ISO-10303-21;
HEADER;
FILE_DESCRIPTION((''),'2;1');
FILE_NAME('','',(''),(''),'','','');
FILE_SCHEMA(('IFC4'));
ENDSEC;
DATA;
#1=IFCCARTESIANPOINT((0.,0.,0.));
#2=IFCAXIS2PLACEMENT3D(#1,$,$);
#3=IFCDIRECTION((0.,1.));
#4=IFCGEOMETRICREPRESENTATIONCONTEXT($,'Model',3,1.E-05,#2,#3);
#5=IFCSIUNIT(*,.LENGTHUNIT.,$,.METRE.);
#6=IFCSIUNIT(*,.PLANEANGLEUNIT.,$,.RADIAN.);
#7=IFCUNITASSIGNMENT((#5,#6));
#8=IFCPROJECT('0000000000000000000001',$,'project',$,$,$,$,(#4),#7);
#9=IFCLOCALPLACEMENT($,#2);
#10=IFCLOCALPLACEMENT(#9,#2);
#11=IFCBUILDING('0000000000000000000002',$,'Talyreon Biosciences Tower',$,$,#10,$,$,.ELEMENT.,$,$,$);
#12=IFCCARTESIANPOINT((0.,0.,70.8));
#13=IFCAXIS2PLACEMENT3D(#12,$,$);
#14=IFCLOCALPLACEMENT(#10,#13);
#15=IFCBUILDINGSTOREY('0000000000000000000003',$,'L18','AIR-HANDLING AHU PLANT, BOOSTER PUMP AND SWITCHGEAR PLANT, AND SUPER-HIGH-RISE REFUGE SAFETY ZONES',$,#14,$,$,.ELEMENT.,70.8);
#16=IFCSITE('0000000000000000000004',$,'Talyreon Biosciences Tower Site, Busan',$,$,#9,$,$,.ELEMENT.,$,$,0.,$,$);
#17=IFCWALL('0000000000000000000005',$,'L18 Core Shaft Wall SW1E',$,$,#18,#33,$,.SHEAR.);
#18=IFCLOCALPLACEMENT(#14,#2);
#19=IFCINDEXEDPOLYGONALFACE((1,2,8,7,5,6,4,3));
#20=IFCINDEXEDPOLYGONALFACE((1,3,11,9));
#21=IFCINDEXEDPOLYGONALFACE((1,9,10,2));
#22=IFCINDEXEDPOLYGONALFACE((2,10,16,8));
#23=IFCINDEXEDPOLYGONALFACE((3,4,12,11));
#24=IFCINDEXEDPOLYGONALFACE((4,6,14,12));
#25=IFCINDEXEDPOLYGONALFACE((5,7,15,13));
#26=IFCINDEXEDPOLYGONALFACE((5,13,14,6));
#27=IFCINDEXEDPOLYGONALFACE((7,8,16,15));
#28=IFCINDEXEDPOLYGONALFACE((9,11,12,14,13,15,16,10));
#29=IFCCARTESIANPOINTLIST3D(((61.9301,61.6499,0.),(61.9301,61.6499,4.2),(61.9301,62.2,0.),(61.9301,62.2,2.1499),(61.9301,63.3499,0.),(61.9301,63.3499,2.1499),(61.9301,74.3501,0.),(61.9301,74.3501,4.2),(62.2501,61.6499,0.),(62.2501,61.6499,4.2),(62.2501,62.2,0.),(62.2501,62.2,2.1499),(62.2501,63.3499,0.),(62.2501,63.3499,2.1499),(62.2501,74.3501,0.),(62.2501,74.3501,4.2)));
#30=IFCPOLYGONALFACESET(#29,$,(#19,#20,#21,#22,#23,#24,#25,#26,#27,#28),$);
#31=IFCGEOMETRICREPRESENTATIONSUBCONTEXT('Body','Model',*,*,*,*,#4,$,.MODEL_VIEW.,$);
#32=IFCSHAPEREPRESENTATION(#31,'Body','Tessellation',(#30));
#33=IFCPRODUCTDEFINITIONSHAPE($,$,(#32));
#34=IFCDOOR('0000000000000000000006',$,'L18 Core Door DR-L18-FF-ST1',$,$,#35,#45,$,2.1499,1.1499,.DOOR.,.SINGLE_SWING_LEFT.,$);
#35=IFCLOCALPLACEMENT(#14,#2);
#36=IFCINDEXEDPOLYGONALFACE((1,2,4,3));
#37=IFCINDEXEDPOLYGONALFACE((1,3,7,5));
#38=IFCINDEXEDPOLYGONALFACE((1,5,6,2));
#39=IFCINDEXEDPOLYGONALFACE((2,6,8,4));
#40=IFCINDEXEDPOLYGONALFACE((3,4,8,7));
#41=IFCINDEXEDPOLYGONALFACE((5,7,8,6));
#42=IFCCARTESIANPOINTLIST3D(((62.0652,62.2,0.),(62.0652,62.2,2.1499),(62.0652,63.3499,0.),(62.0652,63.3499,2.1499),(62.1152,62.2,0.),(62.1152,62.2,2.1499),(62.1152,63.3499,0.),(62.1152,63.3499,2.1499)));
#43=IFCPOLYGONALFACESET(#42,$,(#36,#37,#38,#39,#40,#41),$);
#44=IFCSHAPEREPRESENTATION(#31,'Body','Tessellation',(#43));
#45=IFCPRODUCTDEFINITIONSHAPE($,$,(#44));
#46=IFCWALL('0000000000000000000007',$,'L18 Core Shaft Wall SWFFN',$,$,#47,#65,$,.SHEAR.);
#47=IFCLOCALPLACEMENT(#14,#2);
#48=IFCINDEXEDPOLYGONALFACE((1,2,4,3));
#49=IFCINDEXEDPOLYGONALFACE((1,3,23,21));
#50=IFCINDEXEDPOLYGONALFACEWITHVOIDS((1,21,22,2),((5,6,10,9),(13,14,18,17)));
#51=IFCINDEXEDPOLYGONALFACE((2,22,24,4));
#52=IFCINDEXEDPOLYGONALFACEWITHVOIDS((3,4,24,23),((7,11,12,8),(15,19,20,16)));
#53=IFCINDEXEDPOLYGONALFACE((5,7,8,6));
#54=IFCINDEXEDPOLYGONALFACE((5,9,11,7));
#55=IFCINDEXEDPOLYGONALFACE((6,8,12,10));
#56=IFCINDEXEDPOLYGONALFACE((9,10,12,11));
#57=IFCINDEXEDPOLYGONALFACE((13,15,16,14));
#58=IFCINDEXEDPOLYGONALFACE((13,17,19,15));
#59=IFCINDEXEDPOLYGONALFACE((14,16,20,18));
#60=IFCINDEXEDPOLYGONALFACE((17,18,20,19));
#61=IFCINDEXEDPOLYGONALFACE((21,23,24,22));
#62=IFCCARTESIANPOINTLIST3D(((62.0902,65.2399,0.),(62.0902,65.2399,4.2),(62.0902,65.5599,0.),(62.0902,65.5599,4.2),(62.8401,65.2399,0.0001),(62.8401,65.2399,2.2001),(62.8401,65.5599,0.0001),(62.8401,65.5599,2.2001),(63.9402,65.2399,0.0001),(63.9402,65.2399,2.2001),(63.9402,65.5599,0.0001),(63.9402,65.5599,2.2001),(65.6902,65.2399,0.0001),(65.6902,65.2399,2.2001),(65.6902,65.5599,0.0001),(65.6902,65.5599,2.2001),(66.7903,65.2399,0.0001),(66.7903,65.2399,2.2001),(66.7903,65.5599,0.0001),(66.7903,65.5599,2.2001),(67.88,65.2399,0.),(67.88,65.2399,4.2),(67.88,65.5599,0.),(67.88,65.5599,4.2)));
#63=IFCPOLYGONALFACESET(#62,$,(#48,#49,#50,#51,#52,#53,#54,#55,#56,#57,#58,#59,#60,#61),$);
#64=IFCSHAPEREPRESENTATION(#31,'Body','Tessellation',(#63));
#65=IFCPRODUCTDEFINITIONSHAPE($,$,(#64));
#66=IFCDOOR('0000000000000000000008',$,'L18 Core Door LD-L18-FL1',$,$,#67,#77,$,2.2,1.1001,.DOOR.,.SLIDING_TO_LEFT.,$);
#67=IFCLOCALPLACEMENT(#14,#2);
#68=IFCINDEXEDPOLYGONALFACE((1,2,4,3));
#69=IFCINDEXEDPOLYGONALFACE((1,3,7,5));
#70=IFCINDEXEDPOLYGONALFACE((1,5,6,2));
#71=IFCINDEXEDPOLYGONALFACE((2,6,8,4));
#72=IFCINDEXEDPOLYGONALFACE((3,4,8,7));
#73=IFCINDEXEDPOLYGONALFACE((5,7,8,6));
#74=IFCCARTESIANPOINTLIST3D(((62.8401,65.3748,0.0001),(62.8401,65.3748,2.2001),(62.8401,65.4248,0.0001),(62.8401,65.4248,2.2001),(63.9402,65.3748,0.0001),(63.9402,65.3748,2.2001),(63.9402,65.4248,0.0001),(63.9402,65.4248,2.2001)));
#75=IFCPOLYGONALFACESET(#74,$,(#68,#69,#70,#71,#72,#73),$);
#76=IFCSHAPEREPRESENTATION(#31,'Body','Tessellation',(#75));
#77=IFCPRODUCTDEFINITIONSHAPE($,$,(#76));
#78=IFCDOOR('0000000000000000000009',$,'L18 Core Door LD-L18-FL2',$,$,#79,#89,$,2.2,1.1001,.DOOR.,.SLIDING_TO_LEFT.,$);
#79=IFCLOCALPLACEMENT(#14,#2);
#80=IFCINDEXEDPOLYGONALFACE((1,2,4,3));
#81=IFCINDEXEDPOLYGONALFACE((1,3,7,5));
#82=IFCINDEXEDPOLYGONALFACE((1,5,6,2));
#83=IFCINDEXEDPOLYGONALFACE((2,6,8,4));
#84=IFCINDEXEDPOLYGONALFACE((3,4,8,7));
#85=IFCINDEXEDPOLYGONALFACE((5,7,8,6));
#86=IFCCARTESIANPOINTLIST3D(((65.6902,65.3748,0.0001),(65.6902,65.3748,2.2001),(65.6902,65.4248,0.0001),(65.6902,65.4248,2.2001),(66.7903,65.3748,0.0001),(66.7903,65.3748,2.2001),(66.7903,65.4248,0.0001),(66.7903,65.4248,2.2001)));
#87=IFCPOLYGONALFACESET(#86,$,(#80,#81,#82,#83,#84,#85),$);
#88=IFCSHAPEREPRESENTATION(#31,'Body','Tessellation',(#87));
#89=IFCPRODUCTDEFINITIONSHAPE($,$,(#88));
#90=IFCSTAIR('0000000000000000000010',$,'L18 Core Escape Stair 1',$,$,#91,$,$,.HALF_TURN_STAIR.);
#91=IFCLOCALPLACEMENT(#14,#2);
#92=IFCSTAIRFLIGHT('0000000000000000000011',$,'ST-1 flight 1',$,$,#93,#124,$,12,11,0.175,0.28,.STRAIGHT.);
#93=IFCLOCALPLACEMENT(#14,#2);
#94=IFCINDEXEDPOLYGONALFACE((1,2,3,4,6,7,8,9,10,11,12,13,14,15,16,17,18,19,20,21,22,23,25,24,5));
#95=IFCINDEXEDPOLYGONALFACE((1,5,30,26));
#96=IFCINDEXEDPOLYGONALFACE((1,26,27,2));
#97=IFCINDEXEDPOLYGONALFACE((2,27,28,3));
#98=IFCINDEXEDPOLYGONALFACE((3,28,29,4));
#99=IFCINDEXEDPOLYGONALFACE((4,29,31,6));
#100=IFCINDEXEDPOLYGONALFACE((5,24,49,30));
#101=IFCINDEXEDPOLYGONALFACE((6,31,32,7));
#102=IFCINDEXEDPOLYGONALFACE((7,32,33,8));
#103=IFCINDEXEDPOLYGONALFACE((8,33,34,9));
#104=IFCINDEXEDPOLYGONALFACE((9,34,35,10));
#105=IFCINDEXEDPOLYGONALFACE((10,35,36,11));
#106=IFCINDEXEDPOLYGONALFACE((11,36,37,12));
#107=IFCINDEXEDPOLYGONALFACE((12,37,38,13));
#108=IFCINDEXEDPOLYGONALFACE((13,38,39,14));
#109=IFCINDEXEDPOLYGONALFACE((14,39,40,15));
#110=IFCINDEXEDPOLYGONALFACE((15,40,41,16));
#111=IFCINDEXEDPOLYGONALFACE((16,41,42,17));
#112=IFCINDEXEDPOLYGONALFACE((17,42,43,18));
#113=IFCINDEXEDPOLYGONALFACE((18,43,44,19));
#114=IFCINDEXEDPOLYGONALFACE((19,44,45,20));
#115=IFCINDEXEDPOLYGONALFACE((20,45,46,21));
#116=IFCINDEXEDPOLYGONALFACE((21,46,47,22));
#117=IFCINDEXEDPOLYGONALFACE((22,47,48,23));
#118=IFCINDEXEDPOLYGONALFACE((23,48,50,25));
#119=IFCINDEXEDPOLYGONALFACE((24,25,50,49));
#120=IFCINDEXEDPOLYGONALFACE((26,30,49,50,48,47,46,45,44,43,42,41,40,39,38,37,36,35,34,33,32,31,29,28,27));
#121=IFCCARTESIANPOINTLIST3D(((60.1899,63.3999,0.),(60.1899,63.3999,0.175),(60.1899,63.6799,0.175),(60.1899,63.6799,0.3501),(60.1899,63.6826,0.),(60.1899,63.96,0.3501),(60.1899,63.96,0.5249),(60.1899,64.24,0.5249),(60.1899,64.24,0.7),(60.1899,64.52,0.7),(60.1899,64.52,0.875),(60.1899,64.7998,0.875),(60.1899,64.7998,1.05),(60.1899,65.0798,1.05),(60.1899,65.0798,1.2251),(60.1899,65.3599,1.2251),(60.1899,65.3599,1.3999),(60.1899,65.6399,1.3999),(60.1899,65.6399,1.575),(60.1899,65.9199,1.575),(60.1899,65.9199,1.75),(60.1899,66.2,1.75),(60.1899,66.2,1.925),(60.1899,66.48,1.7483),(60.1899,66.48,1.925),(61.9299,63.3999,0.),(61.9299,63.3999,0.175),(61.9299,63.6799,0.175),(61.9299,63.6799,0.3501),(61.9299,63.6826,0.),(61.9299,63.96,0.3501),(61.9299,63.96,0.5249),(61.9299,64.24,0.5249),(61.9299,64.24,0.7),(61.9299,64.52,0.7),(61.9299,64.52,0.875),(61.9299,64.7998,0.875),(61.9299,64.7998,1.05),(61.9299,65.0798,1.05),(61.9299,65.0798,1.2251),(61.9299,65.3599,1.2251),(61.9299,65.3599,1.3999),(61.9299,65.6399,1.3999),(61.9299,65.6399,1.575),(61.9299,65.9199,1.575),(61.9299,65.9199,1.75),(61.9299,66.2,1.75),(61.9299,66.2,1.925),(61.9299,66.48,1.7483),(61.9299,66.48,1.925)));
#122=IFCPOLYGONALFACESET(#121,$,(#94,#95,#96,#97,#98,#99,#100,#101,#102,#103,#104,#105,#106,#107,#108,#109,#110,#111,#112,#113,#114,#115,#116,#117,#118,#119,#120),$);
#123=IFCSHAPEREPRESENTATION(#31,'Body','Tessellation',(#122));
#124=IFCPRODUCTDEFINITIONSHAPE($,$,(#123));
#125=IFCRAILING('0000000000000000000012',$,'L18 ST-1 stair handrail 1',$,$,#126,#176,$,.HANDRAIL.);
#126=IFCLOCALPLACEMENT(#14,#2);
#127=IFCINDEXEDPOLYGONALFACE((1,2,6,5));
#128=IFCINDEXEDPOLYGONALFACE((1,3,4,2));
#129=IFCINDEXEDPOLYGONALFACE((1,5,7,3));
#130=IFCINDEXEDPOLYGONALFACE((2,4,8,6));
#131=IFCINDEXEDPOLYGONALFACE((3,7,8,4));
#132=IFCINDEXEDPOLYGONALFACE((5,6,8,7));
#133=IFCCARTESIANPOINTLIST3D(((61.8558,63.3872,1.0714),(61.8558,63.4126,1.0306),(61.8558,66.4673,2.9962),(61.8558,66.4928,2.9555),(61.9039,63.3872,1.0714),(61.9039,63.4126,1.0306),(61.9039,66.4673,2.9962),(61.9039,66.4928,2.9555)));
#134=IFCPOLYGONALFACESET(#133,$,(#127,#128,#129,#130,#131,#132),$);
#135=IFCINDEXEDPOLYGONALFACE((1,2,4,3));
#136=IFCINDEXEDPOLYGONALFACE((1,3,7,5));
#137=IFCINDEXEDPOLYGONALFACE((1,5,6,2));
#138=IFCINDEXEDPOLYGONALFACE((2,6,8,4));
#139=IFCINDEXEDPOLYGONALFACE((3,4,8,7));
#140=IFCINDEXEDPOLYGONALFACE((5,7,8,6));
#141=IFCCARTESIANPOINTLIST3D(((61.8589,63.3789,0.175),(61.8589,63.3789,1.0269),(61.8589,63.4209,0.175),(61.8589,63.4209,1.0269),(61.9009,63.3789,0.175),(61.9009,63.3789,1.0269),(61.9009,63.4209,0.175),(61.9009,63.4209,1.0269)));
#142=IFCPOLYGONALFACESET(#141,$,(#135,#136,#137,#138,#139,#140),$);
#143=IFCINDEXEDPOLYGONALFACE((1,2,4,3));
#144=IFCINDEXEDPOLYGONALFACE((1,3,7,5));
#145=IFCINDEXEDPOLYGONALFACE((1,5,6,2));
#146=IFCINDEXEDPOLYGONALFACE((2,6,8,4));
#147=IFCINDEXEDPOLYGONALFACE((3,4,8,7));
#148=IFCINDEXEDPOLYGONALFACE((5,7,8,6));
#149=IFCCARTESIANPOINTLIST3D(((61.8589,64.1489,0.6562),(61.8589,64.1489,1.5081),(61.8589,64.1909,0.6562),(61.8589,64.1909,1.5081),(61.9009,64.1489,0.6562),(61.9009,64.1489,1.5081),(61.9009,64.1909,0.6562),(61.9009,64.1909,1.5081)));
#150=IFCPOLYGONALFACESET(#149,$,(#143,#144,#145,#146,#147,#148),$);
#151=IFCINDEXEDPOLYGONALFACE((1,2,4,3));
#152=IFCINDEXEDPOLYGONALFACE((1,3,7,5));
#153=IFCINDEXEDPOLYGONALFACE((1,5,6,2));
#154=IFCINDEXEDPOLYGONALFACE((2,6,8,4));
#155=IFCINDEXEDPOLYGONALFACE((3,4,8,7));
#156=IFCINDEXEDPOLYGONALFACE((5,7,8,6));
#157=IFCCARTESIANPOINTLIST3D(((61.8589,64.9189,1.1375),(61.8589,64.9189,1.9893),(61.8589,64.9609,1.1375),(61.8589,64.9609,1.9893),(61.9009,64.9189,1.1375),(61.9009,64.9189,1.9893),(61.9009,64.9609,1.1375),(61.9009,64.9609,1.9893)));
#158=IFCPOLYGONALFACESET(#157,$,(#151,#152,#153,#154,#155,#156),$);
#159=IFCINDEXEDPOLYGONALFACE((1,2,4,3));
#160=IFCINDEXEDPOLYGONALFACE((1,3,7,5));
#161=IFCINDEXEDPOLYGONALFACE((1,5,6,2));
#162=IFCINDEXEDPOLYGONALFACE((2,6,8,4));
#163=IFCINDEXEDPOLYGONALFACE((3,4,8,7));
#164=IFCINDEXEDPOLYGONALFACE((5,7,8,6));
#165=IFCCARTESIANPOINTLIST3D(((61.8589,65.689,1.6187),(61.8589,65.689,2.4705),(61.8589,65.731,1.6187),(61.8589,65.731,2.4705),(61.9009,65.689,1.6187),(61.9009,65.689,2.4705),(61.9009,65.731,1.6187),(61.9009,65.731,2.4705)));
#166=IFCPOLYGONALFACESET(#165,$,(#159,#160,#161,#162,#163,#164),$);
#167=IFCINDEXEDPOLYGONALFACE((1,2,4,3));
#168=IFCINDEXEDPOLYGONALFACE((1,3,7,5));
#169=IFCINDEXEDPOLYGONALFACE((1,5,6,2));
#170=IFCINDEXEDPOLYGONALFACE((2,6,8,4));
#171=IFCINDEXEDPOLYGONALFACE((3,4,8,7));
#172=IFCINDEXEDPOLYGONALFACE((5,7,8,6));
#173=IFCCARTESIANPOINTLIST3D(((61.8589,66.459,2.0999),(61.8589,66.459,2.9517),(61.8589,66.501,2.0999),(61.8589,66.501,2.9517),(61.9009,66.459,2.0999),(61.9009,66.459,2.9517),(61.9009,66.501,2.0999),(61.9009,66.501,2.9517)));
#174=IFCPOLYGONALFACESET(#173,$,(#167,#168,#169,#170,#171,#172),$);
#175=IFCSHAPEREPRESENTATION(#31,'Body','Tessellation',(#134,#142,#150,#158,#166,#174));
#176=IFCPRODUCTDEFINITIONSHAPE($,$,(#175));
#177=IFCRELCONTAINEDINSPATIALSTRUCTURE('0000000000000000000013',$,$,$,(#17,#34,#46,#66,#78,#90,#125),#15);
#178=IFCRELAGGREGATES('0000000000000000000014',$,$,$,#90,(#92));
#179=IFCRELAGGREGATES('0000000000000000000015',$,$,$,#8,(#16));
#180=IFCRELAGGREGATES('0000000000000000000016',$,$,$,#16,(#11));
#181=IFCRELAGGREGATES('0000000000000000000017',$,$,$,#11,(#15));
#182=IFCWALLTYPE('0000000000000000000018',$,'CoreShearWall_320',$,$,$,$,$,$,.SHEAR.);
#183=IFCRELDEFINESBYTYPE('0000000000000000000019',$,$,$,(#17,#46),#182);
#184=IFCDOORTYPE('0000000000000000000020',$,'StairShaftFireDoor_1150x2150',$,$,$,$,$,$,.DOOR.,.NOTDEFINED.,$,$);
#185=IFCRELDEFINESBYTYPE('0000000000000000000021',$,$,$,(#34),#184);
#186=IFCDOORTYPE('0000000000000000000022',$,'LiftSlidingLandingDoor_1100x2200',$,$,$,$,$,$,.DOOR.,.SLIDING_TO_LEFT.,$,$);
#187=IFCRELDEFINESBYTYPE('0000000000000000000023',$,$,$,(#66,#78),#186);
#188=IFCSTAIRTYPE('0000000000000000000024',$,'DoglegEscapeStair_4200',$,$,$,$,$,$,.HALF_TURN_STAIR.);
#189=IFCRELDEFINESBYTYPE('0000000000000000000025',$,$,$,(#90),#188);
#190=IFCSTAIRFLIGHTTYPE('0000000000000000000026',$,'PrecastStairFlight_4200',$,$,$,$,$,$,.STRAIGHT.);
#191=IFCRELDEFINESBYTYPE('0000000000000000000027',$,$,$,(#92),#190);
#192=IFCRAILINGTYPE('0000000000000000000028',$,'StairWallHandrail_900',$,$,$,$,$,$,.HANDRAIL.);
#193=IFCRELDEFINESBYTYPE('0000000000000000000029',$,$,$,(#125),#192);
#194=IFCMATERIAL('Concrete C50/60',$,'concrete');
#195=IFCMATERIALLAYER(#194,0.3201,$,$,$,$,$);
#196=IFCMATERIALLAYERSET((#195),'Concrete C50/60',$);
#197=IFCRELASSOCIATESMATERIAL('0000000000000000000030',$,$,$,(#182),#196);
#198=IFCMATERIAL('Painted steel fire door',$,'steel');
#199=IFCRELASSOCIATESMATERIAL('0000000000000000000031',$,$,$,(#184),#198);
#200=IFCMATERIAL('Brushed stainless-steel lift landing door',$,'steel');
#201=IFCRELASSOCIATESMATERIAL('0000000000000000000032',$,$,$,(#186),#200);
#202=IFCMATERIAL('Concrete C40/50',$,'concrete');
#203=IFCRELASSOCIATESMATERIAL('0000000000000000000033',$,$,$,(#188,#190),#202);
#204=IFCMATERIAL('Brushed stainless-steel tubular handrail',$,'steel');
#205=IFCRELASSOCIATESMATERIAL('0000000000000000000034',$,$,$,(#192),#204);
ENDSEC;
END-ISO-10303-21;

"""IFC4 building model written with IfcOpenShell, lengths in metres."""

from ifc_helpers import new_model, si_unit, direction, frame, frame_2d, origin, origin_2d, place, context, subcontext, project, spatial, polyline, rectangle, outline, extrude, material, layer, layer_set, type_object, element, fill, aggregate, save


model = new_model("IFC4")

# Units and contexts
model_context = context("Model", 3, precision=1e-05, world=origin(), true_north=direction((0.0, 1.0)))
body_context = subcontext(model_context, "Body", "Model", "MODEL_VIEW")
ifc_project = project(units=[si_unit("LENGTHUNIT", "METRE"), si_unit("PLANEANGLEUNIT", "RADIAN")], contexts=[model_context])

# Site, building, storey
site_placement = place(None, origin())
site = spatial("IfcSite", under=ifc_project, at=site_placement, Name="Talyreon Biosciences Tower Site, Busan", CompositionType="ELEMENT", RefElevation=0.0)
building_placement = place(site_placement, origin())
building = spatial("IfcBuilding", under=site, at=building_placement, Name="Talyreon Biosciences Tower", CompositionType="ELEMENT")
storey_placement = place(building_placement, frame((0.0, 0.0, 70.8)))
storey = spatial("IfcBuildingStorey", under=building, at=storey_placement, Name="L18", Description="AIR-HANDLING AHU PLANT, BOOSTER PUMP AND SWITCHGEAR PLANT, AND SUPER-HIGH-RISE REFUGE SAFETY ZONES", CompositionType="ELEMENT", Elevation=70.8)

# Shared definitions
ifc_material_1 = material(Name="Concrete C50/60", Category="concrete")

# Wall, opening, door
ifc_layer_1 = layer(ifc_material_1, 0.3201)
ifc_layer_set_1 = layer_set([ifc_layer_1], Name="Concrete C50/60")
wall_type_1 = type_object("IfcWallType", Name="CoreShearWall_320", PredefinedType="SHEAR", material=ifc_layer_set_1)
wall_1_placement = place(storey_placement, frame((62.0901, 61.6499, 0.0), z_axis=(0.0, 0.0, 1.0), x_axis=(0.0, 1.0, 0.0)))
wall_1 = element("IfcWall", 1, at=wall_1_placement, inside=storey, type_object=wall_type_1, Name="L18 Core Shaft Wall SW1E", PredefinedType="SHEAR", context=body_context, shape_type="SweptSolid", body=[
    extrude(rectangle(XDim=12.7002, YDim=0.3201, at=frame_2d((6.3501, 0.0))), origin(), (0.0, 0.0, 1.0), 4.2),
])
opening_1_placement = place(wall_1_placement, frame((0.55, 0.0, 0.0)))
opening_1 = element("IfcOpeningElement", 2, at=opening_1_placement, cuts=wall_1, PredefinedType="OPENING", context=body_context, shape_type="SweptSolid", body=[
    extrude(rectangle(XDim=1.1499, YDim=2.1499, at=frame_2d((0.575, 1.075))), frame((0.0, 0.1699, 0.0), z_axis=(0.0, -1.0, 0.0), x_axis=(1.0, 0.0, 0.0)), (0.0, 0.0, 1.0), 0.3401),
])
ifc_material_2 = material(Name="Painted steel fire door", Category="steel")
door_type_1 = type_object("IfcDoorType", Name="StairShaftFireDoor_1150x2150", OperationType="NOTDEFINED", PredefinedType="DOOR", material=ifc_material_2)
door_1_placement = place(opening_1_placement, origin())
door_1 = element("IfcDoor", 3, at=door_1_placement, inside=storey, type_object=door_type_1, Name="L18 Core Door DR-L18-FF-ST1", OperationType="SINGLE_SWING_LEFT", OverallHeight=2.1499, OverallWidth=1.1499, PredefinedType="DOOR", context=body_context, shape_type="SweptSolid", body=[
    extrude(rectangle(XDim=1.1499, YDim=2.1499, at=frame_2d((0.575, 1.075))), frame((0.0, 0.0249, 0.0), z_axis=(0.0, -1.0, 0.0), x_axis=(1.0, 0.0, 0.0)), (0.0, 0.0, 1.0), 0.05),
])
fill(opening_1, door_1)

# Wall, openings, doors
wall_2_placement = place(storey_placement, frame((62.0901, 65.3999, 0.0), z_axis=(0.0, 0.0, 1.0), x_axis=(1.0, 0.0, 0.0)))
wall_2 = element("IfcWall", 4, at=wall_2_placement, inside=storey, type_object=wall_type_1, Name="L18 Core Shaft Wall SWFFN", PredefinedType="SHEAR", context=body_context, shape_type="SweptSolid", body=[
    extrude(rectangle(XDim=5.7898, YDim=0.3201, at=frame_2d((2.895, 0.0))), origin(), (0.0, 0.0, 1.0), 4.2),
])
opening_2_placement = place(wall_2_placement, frame((0.75, 0.0, 0.0)))
opening_2 = element("IfcOpeningElement", 5, at=opening_2_placement, cuts=wall_2, PredefinedType="OPENING", context=body_context, shape_type="SweptSolid", body=[
    extrude(rectangle(XDim=1.1001, YDim=2.2, at=frame_2d((0.55, 1.1001))), frame((0.0, 0.1699, 0.0), z_axis=(0.0, -1.0, 0.0), x_axis=(1.0, 0.0, 0.0)), (0.0, 0.0, 1.0), 0.3401),
])
opening_3_placement = place(wall_2_placement, frame((3.6001, 0.0, 0.0)))
opening_3 = element("IfcOpeningElement", 6, at=opening_3_placement, cuts=wall_2, PredefinedType="OPENING", context=body_context, shape_type="SweptSolid", body=[
    extrude(rectangle(XDim=1.1001, YDim=2.2, at=frame_2d((0.55, 1.1001))), frame((0.0, 0.1699, 0.0), z_axis=(0.0, -1.0, 0.0), x_axis=(1.0, 0.0, 0.0)), (0.0, 0.0, 1.0), 0.3401),
])
ifc_material_3 = material(Name="Brushed stainless-steel lift landing door", Category="steel")
door_type_2 = type_object("IfcDoorType", Name="LiftSlidingLandingDoor_1100x2200", OperationType="SLIDING_TO_LEFT", PredefinedType="DOOR", material=ifc_material_3)
door_2_placement = place(opening_2_placement, origin())
door_2 = element("IfcDoor", 7, at=door_2_placement, inside=storey, type_object=door_type_2, Name="L18 Core Door LD-L18-FL1", OperationType="SLIDING_TO_LEFT", OverallHeight=2.2, OverallWidth=1.1001, PredefinedType="DOOR", context=body_context, shape_type="SweptSolid", body=[
    extrude(rectangle(XDim=1.1001, YDim=2.2, at=frame_2d((0.55, 1.1001))), frame((0.0, 0.0249, 0.0), z_axis=(0.0, -1.0, 0.0), x_axis=(1.0, 0.0, 0.0)), (0.0, 0.0, 1.0), 0.05),
])
fill(opening_2, door_2)
door_3_placement = place(opening_3_placement, origin())
door_3 = element("IfcDoor", 8, at=door_3_placement, inside=storey, type_object=door_type_2, Name="L18 Core Door LD-L18-FL2", OperationType="SLIDING_TO_LEFT", OverallHeight=2.2, OverallWidth=1.1001, PredefinedType="DOOR", context=body_context, shape_type="SweptSolid", body=[
    extrude(rectangle(XDim=1.1001, YDim=2.2, at=frame_2d((0.55, 1.1001))), frame((0.0, 0.0249, 0.0), z_axis=(0.0, -1.0, 0.0), x_axis=(1.0, 0.0, 0.0)), (0.0, 0.0, 1.0), 0.05),
])
fill(opening_3, door_3)

# Stair, stair flight
ifc_material_4 = material(Name="Concrete C40/50", Category="concrete")
stair_type = type_object("IfcStairType", Name="DoglegEscapeStair_4200", PredefinedType="HALF_TURN_STAIR", material=ifc_material_4)
stair_placement = place(storey_placement, origin())
stair = element("IfcStair", 9, at=stair_placement, inside=storey, type_object=stair_type, Name="L18 Core Escape Stair 1", PredefinedType="HALF_TURN_STAIR")
stair_flight_type = type_object("IfcStairFlightType", Name="PrecastStairFlight_4200", PredefinedType="STRAIGHT", material=ifc_material_4)
stair_flight_placement = place(storey_placement, frame((61.0601, 63.3999, 0.0), z_axis=(0.0, 0.0, 1.0), x_axis=(0.0, 1.0, 0.0)))
stair_flight = element("IfcStairFlight", 10, at=stair_flight_placement, type_object=stair_flight_type, Name="ST-1 flight 1", NumberOfRisers=12, NumberOfTreads=11, PredefinedType="STRAIGHT", RiserHeight=0.175, TreadLength=0.28, context=body_context, shape_type="SweptSolid", body=[
    extrude(outline(polyline([(0.0, 0.0), (0.0, 0.175), (0.28, 0.175), (0.28, 0.3501), (0.5601, 0.3501), (0.5601, 0.5249), (0.8401, 0.5249), (0.8401, 0.7), (1.1201, 0.7), (1.1201, 0.875), (1.3999, 0.875), (1.3999, 1.05), (1.6799, 1.05), (1.6799, 1.2251), (1.96, 1.2251), (1.96, 1.3999), (2.24, 1.3999), (2.24, 1.575), (2.52, 1.575), (2.52, 1.75), (2.8, 1.75), (2.8, 1.925), (3.0801, 1.925), (3.0801, 2.1001), (3.0801, 1.7483), (0.2827, 0.0), (0.0, 0.0)])), frame((0.0, 0.8701, 0.0), z_axis=(0.0, -1.0, 0.0), x_axis=(1.0, 0.0, 0.0)), (0.0, 0.0, 1.0), 1.74),
])
aggregate(stair, [stair_flight])

# Railing
ifc_material_5 = material(Name="Brushed stainless-steel tubular handrail", Category="steel")
railing_type_1 = type_object("IfcRailingType", Name="StairWallHandrail_900", PredefinedType="HANDRAIL", material=ifc_material_5)
railing_1_placement = place(storey_placement, frame((61.8799, 63.3999, 0.175)))
element("IfcRailing", 11, at=railing_1_placement, inside=storey, type_object=railing_type_1, Name="L18 ST-1 stair handrail 1", PredefinedType="HANDRAIL", context=body_context, shape_type="SweptSolid", body=[
    extrude(rectangle(XDim=0.0481, YDim=0.0481, at=origin_2d()), frame((0.0, 0.0, 0.876), z_axis=(0.0, 0.848029, 0.529951), x_axis=(-1.0, 0.0, 0.0)), (0.0, 0.0, 1.0), 3.6321),
    extrude(rectangle(XDim=0.042, YDim=0.042, at=origin_2d()), origin(), (0.0, 0.0, 1.0), 0.8518),
    extrude(rectangle(XDim=0.042, YDim=0.042, at=origin_2d()), frame((0.0, 0.77, 0.4812)), (0.0, 0.0, 1.0), 0.8518),
    extrude(rectangle(XDim=0.042, YDim=0.042, at=origin_2d()), frame((0.0, 1.54, 0.9624)), (0.0, 0.0, 1.0), 0.8518),
    extrude(rectangle(XDim=0.042, YDim=0.042, at=origin_2d()), frame((0.0, 2.3101, 1.4436)), (0.0, 0.0, 1.0), 0.8518),
    extrude(rectangle(XDim=0.042, YDim=0.042, at=origin_2d()), frame((0.0, 3.0801, 1.9248)), (0.0, 0.0, 1.0), 0.8518),
])

save(model, "model.ifc")
